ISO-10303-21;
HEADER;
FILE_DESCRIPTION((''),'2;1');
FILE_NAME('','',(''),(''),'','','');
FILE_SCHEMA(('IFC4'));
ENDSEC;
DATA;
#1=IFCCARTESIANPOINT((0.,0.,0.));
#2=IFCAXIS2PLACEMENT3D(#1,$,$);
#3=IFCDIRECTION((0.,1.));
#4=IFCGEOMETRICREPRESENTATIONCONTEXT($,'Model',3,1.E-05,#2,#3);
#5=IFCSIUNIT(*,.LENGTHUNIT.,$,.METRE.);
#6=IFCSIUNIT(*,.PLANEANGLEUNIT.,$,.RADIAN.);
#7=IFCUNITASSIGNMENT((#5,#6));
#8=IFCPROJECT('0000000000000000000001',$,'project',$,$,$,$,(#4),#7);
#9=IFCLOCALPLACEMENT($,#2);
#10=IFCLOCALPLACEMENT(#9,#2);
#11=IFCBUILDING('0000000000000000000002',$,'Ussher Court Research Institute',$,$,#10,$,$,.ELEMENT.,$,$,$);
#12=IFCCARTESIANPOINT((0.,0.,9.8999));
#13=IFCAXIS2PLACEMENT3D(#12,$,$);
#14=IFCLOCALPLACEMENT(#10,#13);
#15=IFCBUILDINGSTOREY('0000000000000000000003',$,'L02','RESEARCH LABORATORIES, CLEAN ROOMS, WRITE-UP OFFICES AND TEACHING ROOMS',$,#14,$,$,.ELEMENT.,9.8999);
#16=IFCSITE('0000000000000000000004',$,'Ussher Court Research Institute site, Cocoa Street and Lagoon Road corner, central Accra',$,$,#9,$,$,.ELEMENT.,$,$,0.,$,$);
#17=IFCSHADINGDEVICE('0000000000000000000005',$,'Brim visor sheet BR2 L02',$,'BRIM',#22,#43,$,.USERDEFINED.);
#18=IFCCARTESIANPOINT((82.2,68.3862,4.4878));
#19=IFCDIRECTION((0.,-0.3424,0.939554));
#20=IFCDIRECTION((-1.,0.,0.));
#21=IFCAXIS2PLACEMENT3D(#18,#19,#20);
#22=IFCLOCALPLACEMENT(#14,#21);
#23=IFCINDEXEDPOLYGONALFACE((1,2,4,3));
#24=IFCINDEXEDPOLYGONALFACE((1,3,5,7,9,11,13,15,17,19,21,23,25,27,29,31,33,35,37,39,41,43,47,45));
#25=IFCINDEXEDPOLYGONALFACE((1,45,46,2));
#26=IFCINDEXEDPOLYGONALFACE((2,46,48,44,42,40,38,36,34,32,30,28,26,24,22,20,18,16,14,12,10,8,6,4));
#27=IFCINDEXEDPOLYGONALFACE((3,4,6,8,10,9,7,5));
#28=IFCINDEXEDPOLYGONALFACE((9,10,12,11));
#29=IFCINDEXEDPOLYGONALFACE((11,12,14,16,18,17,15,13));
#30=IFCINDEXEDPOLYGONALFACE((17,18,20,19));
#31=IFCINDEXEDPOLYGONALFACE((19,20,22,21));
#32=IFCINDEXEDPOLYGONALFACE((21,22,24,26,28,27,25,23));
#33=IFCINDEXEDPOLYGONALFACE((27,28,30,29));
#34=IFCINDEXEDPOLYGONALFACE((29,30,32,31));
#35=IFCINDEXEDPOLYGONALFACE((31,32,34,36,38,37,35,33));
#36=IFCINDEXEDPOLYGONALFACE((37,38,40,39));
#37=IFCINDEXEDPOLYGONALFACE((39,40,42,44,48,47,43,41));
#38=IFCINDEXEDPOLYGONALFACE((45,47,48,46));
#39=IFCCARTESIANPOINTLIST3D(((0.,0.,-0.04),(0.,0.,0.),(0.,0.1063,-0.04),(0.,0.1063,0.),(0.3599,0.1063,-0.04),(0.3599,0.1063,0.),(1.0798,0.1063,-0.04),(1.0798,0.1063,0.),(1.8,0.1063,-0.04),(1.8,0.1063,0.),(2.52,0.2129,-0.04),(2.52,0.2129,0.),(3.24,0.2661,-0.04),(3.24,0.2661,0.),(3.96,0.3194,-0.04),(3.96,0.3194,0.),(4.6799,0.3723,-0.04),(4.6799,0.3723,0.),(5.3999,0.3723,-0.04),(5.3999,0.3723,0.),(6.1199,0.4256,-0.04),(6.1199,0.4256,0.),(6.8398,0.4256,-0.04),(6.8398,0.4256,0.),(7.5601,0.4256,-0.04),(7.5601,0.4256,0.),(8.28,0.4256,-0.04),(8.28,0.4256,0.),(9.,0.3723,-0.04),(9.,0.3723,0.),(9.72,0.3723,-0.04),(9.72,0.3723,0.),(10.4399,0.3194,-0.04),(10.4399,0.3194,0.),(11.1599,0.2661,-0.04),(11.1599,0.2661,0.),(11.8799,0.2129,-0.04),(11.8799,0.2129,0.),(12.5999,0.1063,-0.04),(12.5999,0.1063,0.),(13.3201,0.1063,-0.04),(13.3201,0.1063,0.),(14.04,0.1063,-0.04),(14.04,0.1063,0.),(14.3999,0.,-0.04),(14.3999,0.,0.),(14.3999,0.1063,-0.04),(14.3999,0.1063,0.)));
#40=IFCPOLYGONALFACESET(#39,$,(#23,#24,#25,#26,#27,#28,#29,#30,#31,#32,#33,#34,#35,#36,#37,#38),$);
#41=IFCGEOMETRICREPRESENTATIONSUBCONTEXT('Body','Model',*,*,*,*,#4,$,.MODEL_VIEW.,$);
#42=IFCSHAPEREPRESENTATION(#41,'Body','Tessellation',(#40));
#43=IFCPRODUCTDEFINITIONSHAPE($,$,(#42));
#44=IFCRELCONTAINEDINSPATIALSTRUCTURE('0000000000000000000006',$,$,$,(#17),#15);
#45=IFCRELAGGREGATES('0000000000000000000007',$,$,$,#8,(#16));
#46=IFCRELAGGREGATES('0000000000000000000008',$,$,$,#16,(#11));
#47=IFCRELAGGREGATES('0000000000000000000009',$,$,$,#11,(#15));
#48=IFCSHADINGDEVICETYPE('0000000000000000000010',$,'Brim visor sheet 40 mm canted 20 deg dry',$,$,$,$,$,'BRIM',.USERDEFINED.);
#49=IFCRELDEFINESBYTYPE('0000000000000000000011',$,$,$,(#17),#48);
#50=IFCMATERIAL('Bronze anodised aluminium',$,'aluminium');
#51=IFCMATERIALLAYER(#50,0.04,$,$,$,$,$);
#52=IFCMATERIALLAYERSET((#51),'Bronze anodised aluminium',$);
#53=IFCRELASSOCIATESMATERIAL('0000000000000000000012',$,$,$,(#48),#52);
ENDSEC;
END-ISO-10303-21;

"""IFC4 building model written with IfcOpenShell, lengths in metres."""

from ifc_helpers import new_model, si_unit, direction, frame, origin, place, context, subcontext, project, spatial, polyline, outline, extrude, material, layer, layer_set, type_object, element, save


model = new_model("IFC4")

# Units and contexts
model_context = context("Model", 3, precision=1e-05, world=origin(), true_north=direction((0.0, 1.0)))
body_context = subcontext(model_context, "Body", "Model", "MODEL_VIEW")
ifc_project = project(units=[si_unit("LENGTHUNIT", "METRE"), si_unit("PLANEANGLEUNIT", "RADIAN")], contexts=[model_context])

# Site, building, storey
site_placement = place(None, origin())
site = spatial("IfcSite", under=ifc_project, at=site_placement, Name="Ussher Court Research Institute site, Cocoa Street and Lagoon Road corner, central Accra", CompositionType="ELEMENT", RefElevation=0.0)
building_placement = place(site_placement, origin())
building = spatial("IfcBuilding", under=site, at=building_placement, Name="Ussher Court Research Institute", CompositionType="ELEMENT")
storey_placement = place(building_placement, frame((0.0, 0.0, 9.8999)))
storey = spatial("IfcBuildingStorey", under=building, at=storey_placement, Name="L02", Description="RESEARCH LABORATORIES, CLEAN ROOMS, WRITE-UP OFFICES AND TEACHING ROOMS", CompositionType="ELEMENT", Elevation=9.8999)

# Shading device
ifc_material_1 = material(Name="Bronze anodised aluminium", Category="aluminium")
ifc_layer_1 = layer(ifc_material_1, 0.04)
ifc_layer_set_1 = layer_set([ifc_layer_1], Name="Bronze anodised aluminium")
shading_device_type_1 = type_object("IfcShadingDeviceType", Name="Brim visor sheet 40 mm canted 20 deg dry", ElementType="BRIM", PredefinedType="USERDEFINED", material=ifc_layer_set_1)
shading_device_1_placement = place(storey_placement, frame((82.2, 68.3862, 4.4878), z_axis=(0.0, -0.3424, 0.939554), x_axis=(-1.0, 0.0, 0.0)))
element("IfcShadingDevice", 1, at=shading_device_1_placement, inside=storey, type_object=shading_device_type_1, Name="Brim visor sheet BR2 L02", ObjectType="BRIM", PredefinedType="USERDEFINED", context=body_context, shape_type="SweptSolid", body=[
    extrude(outline(polyline([(0.0, 0.0), (14.3999, 0.0), (14.3999, 0.1063), (14.04, 0.1063), (13.3201, 0.1063), (12.5999, 0.1063), (11.8799, 0.2129), (11.1599, 0.2661), (10.4399, 0.3194), (9.72, 0.3723), (9.0, 0.3723), (8.28, 0.4256), (7.5601, 0.4256), (6.8398, 0.4256), (6.1199, 0.4256), (5.3999, 0.3723), (4.6799, 0.3723), (3.96, 0.3194), (3.24, 0.2661), (2.52, 0.2129), (1.8, 0.1063), (1.0798, 0.1063), (0.3599, 0.1063), (0.0, 0.1063), (0.0, 0.0)])), origin(), (0.0, 0.0, -1.0), 0.04),
])

save(model, "model.ifc")
